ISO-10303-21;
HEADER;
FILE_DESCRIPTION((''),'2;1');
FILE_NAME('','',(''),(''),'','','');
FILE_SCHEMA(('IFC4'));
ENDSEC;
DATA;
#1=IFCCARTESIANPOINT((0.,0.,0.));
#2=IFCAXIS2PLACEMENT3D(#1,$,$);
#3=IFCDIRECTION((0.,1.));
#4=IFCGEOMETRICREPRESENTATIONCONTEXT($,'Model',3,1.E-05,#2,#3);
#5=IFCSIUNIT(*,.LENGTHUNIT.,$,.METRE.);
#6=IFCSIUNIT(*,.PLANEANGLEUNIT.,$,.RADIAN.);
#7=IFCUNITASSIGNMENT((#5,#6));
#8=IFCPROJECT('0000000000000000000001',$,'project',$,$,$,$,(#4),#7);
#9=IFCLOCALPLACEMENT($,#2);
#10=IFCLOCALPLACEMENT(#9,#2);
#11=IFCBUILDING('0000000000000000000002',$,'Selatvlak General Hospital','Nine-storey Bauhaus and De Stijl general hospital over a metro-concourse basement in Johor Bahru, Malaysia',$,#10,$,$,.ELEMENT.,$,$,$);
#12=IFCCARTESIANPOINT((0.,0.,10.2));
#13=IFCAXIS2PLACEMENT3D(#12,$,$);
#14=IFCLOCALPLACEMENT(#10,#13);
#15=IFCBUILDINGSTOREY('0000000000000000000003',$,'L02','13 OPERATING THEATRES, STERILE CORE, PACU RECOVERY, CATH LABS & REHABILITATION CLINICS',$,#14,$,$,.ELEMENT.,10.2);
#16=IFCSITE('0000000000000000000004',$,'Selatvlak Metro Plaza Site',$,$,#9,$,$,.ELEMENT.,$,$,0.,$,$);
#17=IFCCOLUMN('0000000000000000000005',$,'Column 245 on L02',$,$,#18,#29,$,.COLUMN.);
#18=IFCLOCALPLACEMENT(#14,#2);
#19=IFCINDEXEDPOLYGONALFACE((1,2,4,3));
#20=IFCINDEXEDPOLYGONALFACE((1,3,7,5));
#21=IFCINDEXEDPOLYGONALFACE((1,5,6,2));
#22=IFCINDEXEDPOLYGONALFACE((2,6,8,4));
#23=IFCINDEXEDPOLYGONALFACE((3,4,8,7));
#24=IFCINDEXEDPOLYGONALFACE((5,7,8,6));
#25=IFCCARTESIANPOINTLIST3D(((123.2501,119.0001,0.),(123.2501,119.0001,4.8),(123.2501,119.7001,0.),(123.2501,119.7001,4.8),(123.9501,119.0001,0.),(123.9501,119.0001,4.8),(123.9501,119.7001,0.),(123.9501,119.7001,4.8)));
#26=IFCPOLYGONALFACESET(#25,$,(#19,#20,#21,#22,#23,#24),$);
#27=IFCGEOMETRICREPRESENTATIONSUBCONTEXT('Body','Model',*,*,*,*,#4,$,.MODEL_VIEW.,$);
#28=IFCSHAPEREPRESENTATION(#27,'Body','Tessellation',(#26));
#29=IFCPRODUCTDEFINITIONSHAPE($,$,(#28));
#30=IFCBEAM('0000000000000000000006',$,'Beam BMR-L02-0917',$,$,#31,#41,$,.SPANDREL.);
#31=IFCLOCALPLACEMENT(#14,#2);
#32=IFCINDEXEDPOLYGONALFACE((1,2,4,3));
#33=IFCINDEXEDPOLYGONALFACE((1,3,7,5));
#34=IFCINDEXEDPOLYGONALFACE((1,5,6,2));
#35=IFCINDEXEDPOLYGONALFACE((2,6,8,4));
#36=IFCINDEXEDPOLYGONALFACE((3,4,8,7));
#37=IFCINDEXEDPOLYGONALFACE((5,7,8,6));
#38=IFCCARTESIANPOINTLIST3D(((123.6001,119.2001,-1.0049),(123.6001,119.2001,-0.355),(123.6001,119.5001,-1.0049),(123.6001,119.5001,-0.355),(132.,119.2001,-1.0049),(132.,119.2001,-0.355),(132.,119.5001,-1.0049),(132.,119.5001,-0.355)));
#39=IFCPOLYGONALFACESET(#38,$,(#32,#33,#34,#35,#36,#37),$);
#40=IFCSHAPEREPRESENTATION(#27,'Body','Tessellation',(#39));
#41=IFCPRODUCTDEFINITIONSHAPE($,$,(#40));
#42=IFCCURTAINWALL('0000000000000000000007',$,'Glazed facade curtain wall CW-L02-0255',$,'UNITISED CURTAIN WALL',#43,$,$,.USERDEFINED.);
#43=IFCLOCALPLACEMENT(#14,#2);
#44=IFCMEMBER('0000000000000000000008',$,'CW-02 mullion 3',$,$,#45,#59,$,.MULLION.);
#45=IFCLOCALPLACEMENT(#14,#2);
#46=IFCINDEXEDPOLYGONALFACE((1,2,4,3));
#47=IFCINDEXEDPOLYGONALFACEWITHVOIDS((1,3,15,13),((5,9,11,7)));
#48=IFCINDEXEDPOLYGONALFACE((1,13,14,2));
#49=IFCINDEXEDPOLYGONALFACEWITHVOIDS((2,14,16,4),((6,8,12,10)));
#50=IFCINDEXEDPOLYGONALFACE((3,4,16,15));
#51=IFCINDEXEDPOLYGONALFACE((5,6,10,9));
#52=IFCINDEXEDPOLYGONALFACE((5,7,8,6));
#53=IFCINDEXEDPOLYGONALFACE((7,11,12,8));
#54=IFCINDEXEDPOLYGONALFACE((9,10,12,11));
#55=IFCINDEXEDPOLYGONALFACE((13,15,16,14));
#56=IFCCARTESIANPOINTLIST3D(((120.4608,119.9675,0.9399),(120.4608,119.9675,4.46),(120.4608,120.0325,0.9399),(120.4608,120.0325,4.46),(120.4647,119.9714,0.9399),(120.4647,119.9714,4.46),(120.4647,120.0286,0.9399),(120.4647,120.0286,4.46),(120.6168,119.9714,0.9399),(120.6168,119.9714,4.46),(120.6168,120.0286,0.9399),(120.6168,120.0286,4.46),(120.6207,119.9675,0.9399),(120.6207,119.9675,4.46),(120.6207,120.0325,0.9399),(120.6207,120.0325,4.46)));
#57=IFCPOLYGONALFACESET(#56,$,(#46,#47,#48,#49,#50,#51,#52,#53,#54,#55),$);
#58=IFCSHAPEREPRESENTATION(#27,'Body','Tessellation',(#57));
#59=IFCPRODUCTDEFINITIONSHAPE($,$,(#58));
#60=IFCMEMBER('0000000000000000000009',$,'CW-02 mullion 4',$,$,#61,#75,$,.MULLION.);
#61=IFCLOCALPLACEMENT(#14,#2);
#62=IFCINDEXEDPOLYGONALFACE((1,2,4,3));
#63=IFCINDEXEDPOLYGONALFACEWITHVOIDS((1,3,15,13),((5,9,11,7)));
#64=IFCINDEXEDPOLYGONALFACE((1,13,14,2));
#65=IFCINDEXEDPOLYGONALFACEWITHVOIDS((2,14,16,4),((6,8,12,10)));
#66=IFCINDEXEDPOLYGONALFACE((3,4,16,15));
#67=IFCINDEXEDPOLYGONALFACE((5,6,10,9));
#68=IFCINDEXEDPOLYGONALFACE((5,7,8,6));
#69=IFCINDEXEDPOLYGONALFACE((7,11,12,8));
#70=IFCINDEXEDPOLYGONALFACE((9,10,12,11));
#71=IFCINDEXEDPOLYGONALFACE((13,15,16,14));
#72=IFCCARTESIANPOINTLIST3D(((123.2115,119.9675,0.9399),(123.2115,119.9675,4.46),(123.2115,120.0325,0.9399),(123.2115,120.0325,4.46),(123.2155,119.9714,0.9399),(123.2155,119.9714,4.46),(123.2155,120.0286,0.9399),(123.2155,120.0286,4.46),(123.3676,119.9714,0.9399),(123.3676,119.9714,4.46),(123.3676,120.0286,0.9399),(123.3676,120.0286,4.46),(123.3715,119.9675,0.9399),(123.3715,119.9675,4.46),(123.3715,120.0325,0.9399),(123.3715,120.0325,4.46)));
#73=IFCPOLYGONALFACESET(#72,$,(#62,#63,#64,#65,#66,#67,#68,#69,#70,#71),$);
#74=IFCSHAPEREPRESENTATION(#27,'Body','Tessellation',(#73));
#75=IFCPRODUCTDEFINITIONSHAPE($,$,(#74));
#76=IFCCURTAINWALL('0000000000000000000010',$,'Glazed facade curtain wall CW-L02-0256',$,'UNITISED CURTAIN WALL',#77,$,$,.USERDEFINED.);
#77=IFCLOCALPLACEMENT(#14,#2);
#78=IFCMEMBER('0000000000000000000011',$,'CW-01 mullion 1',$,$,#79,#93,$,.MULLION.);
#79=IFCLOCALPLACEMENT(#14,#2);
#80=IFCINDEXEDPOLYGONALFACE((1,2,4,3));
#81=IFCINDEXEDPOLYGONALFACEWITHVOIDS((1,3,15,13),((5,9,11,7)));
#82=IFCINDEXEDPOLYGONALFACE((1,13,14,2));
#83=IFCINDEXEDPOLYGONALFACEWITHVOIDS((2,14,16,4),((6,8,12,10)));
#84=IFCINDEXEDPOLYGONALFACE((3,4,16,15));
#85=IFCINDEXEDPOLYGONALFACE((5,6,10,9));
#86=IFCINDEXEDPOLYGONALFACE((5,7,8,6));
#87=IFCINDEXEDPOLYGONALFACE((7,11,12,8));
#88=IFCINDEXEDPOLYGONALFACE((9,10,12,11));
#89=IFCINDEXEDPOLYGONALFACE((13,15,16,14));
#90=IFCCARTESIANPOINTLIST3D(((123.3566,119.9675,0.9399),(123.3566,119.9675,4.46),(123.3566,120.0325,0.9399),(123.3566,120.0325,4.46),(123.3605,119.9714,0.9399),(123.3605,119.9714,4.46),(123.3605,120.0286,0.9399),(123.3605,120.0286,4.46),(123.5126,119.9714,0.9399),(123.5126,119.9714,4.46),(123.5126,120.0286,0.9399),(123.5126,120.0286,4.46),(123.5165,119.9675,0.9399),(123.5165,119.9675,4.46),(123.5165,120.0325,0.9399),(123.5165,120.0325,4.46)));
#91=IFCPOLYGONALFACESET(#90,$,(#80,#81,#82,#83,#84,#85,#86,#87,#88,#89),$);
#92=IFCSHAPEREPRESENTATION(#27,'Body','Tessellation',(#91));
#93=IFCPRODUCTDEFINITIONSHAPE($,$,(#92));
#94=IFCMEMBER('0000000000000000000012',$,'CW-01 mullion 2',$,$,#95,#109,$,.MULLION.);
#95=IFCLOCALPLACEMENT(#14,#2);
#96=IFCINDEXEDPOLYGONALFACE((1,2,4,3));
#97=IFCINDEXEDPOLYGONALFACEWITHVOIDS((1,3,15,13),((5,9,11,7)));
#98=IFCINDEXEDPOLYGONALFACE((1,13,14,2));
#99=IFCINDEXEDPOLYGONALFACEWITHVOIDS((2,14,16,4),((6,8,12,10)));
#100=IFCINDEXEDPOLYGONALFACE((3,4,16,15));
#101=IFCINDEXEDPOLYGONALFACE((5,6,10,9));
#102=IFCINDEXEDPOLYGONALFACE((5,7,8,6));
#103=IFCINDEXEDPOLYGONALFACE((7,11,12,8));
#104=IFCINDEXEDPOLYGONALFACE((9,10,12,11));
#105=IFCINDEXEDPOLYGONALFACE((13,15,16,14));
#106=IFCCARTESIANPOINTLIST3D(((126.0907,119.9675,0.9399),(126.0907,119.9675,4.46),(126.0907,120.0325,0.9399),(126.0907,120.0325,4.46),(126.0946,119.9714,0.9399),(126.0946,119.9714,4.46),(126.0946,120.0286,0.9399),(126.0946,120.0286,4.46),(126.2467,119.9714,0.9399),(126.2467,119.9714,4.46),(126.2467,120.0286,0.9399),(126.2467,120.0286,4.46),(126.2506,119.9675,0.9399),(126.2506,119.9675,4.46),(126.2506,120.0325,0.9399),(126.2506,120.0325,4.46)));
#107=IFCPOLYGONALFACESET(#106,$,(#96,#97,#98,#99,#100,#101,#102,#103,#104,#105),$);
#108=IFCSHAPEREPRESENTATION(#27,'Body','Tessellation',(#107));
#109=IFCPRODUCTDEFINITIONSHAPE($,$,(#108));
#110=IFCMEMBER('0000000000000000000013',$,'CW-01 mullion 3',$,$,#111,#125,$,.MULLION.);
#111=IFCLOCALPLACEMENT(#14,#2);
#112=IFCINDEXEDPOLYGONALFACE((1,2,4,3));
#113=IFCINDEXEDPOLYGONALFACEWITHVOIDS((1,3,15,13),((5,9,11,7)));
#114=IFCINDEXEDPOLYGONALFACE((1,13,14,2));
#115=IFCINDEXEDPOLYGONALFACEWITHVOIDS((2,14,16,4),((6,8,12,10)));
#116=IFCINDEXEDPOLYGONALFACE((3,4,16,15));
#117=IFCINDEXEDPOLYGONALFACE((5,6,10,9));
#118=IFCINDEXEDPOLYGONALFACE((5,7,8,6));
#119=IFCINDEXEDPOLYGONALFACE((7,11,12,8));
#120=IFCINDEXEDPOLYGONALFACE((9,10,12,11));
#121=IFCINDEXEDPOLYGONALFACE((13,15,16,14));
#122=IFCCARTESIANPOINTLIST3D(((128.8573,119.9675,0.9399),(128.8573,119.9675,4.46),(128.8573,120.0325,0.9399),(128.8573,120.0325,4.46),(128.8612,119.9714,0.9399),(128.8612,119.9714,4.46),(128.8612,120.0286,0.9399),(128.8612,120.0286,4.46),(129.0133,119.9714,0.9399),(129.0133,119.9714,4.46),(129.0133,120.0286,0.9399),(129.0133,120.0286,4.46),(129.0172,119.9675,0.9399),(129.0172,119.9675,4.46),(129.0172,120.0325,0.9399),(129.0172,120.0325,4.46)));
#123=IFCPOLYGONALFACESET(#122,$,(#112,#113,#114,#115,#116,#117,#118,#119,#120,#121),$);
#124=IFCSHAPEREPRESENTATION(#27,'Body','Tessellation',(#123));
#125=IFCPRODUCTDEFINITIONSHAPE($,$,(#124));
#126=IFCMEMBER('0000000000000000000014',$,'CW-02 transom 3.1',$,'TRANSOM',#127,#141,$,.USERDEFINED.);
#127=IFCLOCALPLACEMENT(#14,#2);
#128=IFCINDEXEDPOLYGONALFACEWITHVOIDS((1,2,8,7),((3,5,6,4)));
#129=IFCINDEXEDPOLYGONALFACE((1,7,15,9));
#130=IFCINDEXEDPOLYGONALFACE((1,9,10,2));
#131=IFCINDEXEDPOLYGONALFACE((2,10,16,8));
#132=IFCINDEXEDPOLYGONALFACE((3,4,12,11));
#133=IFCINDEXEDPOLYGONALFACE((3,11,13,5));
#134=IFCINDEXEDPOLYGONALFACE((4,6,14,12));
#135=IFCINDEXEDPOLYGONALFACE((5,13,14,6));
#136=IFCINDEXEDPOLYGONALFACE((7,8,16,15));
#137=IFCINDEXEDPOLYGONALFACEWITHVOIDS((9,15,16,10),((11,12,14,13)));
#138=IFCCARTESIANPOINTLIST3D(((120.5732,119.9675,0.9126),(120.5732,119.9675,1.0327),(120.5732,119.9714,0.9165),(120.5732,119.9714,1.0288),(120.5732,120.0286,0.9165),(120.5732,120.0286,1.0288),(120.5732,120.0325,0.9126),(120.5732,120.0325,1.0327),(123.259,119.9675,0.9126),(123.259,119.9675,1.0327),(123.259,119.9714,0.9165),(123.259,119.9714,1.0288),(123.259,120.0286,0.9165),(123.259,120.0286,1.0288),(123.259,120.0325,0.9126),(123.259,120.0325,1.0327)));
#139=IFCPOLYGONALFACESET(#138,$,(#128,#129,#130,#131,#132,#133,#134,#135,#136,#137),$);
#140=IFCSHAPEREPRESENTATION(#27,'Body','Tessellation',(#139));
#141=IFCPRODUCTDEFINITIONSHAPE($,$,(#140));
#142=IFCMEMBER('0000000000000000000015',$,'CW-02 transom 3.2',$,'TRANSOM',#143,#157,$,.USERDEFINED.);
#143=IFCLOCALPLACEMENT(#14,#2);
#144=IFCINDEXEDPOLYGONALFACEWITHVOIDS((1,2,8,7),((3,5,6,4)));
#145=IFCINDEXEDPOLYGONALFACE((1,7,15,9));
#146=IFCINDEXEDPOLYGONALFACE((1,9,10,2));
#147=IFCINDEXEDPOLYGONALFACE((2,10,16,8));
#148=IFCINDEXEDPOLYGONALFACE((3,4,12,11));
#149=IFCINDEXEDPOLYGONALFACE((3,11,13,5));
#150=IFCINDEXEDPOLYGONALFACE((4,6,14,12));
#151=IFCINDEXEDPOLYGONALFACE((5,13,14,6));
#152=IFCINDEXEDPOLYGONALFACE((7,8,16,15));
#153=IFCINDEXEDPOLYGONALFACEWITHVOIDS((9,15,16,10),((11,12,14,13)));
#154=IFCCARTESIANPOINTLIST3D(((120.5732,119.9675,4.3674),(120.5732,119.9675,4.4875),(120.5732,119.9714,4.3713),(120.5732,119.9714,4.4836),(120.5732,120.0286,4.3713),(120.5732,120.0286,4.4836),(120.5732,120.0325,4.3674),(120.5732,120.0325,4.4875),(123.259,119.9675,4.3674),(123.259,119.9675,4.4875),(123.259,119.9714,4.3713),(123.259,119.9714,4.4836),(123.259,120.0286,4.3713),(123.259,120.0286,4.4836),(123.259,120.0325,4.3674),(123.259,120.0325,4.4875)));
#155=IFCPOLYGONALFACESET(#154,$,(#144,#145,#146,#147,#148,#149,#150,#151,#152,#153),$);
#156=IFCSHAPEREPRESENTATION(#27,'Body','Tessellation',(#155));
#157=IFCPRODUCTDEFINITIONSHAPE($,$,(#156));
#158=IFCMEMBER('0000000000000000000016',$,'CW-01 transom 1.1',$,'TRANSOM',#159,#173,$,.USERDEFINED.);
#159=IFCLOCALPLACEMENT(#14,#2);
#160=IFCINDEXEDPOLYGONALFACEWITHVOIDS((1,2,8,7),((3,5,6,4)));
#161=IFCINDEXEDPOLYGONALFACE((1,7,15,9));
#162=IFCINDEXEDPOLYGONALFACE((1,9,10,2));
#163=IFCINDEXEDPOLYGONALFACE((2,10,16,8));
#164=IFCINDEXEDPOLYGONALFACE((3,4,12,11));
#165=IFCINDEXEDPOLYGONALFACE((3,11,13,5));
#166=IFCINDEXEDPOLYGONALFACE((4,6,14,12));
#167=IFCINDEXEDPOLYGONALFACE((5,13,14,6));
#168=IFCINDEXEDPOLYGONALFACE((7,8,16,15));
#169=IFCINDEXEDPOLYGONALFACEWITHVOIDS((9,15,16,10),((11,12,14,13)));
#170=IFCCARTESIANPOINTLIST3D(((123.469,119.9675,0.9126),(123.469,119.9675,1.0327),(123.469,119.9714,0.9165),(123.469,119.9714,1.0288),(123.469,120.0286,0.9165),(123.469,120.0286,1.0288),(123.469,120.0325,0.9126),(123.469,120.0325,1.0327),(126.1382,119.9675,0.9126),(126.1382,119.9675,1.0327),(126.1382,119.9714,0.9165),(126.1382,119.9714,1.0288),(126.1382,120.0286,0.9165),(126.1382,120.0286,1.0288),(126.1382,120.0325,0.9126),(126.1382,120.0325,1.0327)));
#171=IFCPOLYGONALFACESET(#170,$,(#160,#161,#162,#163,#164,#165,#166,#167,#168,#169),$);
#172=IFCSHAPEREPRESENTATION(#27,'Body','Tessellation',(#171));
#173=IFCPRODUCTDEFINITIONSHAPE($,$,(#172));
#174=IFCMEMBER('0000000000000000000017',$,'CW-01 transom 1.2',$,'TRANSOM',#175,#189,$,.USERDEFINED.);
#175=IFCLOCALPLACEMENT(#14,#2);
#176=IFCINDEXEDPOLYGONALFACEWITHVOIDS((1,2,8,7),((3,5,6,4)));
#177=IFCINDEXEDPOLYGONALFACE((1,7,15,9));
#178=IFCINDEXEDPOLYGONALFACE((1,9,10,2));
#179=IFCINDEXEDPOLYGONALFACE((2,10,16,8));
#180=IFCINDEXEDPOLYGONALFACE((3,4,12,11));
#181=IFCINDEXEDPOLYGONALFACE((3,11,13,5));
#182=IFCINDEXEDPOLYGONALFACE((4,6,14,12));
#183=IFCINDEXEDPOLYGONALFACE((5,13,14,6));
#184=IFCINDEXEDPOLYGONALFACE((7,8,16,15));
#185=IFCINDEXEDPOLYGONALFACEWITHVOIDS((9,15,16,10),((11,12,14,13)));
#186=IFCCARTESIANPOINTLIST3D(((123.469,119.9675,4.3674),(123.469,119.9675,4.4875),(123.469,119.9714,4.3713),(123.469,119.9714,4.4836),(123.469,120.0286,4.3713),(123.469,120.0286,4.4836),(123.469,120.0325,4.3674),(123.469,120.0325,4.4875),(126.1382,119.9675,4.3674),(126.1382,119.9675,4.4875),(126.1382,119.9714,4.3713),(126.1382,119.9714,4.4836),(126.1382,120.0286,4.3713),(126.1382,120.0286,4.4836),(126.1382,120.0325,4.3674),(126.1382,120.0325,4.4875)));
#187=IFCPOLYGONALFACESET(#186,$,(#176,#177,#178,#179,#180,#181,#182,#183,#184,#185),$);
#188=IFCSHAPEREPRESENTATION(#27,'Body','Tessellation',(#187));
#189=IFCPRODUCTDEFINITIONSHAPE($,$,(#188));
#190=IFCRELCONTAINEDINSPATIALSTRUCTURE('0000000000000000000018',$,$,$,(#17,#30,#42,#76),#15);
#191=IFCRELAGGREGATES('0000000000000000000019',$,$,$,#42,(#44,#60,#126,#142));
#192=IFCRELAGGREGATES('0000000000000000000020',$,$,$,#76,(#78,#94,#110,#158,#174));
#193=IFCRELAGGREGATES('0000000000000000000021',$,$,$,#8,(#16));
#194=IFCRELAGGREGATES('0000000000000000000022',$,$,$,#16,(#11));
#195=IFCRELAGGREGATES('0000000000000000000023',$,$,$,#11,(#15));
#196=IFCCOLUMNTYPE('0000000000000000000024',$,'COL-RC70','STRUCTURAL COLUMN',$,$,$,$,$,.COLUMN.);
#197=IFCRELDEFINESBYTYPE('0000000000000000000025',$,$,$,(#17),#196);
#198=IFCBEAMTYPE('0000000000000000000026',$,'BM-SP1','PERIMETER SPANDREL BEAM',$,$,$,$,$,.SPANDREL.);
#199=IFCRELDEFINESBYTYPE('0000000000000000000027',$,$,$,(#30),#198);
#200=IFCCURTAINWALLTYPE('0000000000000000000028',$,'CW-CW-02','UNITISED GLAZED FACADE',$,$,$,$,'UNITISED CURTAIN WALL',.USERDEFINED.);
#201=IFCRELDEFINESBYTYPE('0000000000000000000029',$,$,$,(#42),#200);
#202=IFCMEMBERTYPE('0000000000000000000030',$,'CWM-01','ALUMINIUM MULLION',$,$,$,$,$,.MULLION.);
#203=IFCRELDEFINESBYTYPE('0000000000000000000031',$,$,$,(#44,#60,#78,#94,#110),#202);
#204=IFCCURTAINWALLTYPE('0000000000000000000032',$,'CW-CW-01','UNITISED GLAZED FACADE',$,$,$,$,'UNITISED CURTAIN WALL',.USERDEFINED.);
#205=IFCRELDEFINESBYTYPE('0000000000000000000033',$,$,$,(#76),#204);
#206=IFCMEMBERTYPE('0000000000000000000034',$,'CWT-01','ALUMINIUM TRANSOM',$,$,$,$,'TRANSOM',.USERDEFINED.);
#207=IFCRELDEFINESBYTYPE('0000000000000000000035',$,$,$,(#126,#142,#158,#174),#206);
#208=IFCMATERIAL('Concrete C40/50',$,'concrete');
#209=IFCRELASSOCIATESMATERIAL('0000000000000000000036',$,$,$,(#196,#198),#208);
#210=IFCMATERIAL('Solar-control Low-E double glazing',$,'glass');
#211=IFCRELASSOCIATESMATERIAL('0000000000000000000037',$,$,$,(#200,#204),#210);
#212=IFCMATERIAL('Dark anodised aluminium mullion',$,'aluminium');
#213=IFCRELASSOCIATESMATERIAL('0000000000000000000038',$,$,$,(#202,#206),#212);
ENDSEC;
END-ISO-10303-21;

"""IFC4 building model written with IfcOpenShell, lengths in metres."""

from ifc_helpers import new_model, si_unit, direction, frame, origin, origin_2d, place, context, subcontext, project, spatial, rectangle, hollow_rectangle, extrude, material, material_profile, profile_set, type_object, element, aggregate, save


model = new_model("IFC4")

# Units and contexts
model_context = context("Model", 3, precision=1e-05, world=origin(), true_north=direction((0.0, 1.0)))
body_context = subcontext(model_context, "Body", "Model", "MODEL_VIEW")
ifc_project = project(units=[si_unit("LENGTHUNIT", "METRE"), si_unit("PLANEANGLEUNIT", "RADIAN")], contexts=[model_context])

# Site, building, storey
site_placement = place(None, origin())
site = spatial("IfcSite", under=ifc_project, at=site_placement, Name="Selatvlak Metro Plaza Site", CompositionType="ELEMENT", RefElevation=0.0)
building_placement = place(site_placement, origin())
building = spatial("IfcBuilding", under=site, at=building_placement, Name="Selatvlak General Hospital", Description="Nine-storey Bauhaus and De Stijl general hospital over a metro-concourse basement in Johor Bahru, Malaysia", CompositionType="ELEMENT")
storey_placement = place(building_placement, frame((0.0, 0.0, 10.2)))
storey = spatial("IfcBuildingStorey", under=building, at=storey_placement, Name="L02", Description="13 OPERATING THEATRES, STERILE CORE, PACU RECOVERY, CATH LABS & REHABILITATION CLINICS", CompositionType="ELEMENT", Elevation=10.2)

# Column
ifc_material_1 = material(Name="Concrete C40/50", Category="concrete")
ifc_material_profile_1 = material_profile(ifc_material_1, rectangle(XDim=0.7, YDim=0.7, at=origin_2d()), Name="RC-COL 700x700")
ifc_profile_set_1 = profile_set([ifc_material_profile_1], Name="Concrete C40/50")
column_type = type_object("IfcColumnType", Name="COL-RC70", Description="STRUCTURAL COLUMN", PredefinedType="COLUMN", material=ifc_profile_set_1)
column_placement = place(storey_placement, frame((123.6001, 119.3501, 0.0), z_axis=(0.0, 0.0, 1.0), x_axis=(1.0, 0.0, 0.0)))
element("IfcColumn", 1, at=column_placement, inside=storey, type_object=column_type, Name="Column 245 on L02", PredefinedType="COLUMN", context=body_context, shape_type="SweptSolid", body=[
    extrude(rectangle(XDim=0.7, YDim=0.7, at=origin_2d()), origin(), (0.0, 0.0, 1.0), 4.8),
])

# Beam
ifc_material_profile_2 = material_profile(ifc_material_1, rectangle(XDim=0.3, YDim=0.6499, at=origin_2d()), Name="RC-SP 300x650")
ifc_profile_set_2 = profile_set([ifc_material_profile_2], Name="Concrete C40/50")
beam_type = type_object("IfcBeamType", Name="BM-SP1", Description="PERIMETER SPANDREL BEAM", PredefinedType="SPANDREL", material=ifc_profile_set_2)
beam_placement = place(storey_placement, frame((123.6001, 119.3501, -0.6799), z_axis=(1.0, 0.0, 0.0), x_axis=(0.0, 1.0, 0.0)))
element("IfcBeam", 2, at=beam_placement, inside=storey, type_object=beam_type, Name="Beam BMR-L02-0917", PredefinedType="SPANDREL", context=body_context, shape_type="SweptSolid", body=[
    extrude(rectangle(XDim=0.3, YDim=0.6499, at=origin_2d()), origin(), (0.0, 0.0, 1.0), 8.3999),
])

# Curtain walls, members
ifc_material_2 = material(Name="Solar-control Low-E double glazing", Category="glass")
curtain_wall_type_1 = type_object("IfcCurtainWallType", Name="CW-CW-02", Description="UNITISED GLAZED FACADE", ElementType="UNITISED CURTAIN WALL", PredefinedType="USERDEFINED", material=ifc_material_2)
curtain_wall_1_placement = place(storey_placement, origin())
curtain_wall_1 = element("IfcCurtainWall", 3, at=curtain_wall_1_placement, inside=storey, type_object=curtain_wall_type_1, Name="Glazed facade curtain wall CW-L02-0255", ObjectType="UNITISED CURTAIN WALL", PredefinedType="USERDEFINED")
ifc_material_3 = material(Name="Dark anodised aluminium mullion", Category="aluminium")
ifc_material_profile_3 = material_profile(ifc_material_3, hollow_rectangle(XDim=0.0649, YDim=0.1599, WallThickness=0.0039, at=origin_2d()), Name="AL-MUL 65x160x4")
ifc_profile_set_3 = profile_set([ifc_material_profile_3], Name="Dark anodised aluminium mullion")
member_type_1 = type_object("IfcMemberType", Name="CWM-01", Description="ALUMINIUM MULLION", PredefinedType="MULLION", material=ifc_profile_set_3)
member_1_placement = place(storey_placement, frame((120.5408, 120.0, 0.9399), z_axis=(0.0, 0.0, 1.0), x_axis=(0.0, 1.0, 0.0)))
member_1 = element("IfcMember", 4, at=member_1_placement, type_object=member_type_1, Name="CW-02 mullion 3", PredefinedType="MULLION", context=body_context, shape_type="SweptSolid", body=[
    extrude(hollow_rectangle(XDim=0.0649, YDim=0.1599, WallThickness=0.0039, at=origin_2d()), origin(), (0.0, 0.0, 1.0), 3.52),
])
member_2_placement = place(storey_placement, frame((123.2915, 120.0, 0.9399), z_axis=(0.0, 0.0, 1.0), x_axis=(0.0, 1.0, 0.0)))
member_2 = element("IfcMember", 5, at=member_2_placement, type_object=member_type_1, Name="CW-02 mullion 4", PredefinedType="MULLION", context=body_context, shape_type="SweptSolid", body=[
    extrude(hollow_rectangle(XDim=0.0649, YDim=0.1599, WallThickness=0.0039, at=origin_2d()), origin(), (0.0, 0.0, 1.0), 3.52),
])
curtain_wall_type_2 = type_object("IfcCurtainWallType", Name="CW-CW-01", Description="UNITISED GLAZED FACADE", ElementType="UNITISED CURTAIN WALL", PredefinedType="USERDEFINED", material=ifc_material_2)
curtain_wall_2_placement = place(storey_placement, origin())
curtain_wall_2 = element("IfcCurtainWall", 6, at=curtain_wall_2_placement, inside=storey, type_object=curtain_wall_type_2, Name="Glazed facade curtain wall CW-L02-0256", ObjectType="UNITISED CURTAIN WALL", PredefinedType="USERDEFINED")
member_3_placement = place(storey_placement, frame((123.4365, 120.0, 0.9399), z_axis=(0.0, 0.0, 1.0), x_axis=(0.0, 1.0, 0.0)))
member_3 = element("IfcMember", 7, at=member_3_placement, type_object=member_type_1, Name="CW-01 mullion 1", PredefinedType="MULLION", context=body_context, shape_type="SweptSolid", body=[
    extrude(hollow_rectangle(XDim=0.0649, YDim=0.1599, WallThickness=0.0039, at=origin_2d()), origin(), (0.0, 0.0, 1.0), 3.52),
])
member_4_placement = place(storey_placement, frame((126.1707, 120.0, 0.9399), z_axis=(0.0, 0.0, 1.0), x_axis=(0.0, 1.0, 0.0)))
member_4 = element("IfcMember", 8, at=member_4_placement, type_object=member_type_1, Name="CW-01 mullion 2", PredefinedType="MULLION", context=body_context, shape_type="SweptSolid", body=[
    extrude(hollow_rectangle(XDim=0.0649, YDim=0.1599, WallThickness=0.0039, at=origin_2d()), origin(), (0.0, 0.0, 1.0), 3.52),
])
member_5_placement = place(storey_placement, frame((128.9373, 120.0, 0.9399), z_axis=(0.0, 0.0, 1.0), x_axis=(0.0, 1.0, 0.0)))
member_5 = element("IfcMember", 9, at=member_5_placement, type_object=member_type_1, Name="CW-01 mullion 3", PredefinedType="MULLION", context=body_context, shape_type="SweptSolid", body=[
    extrude(hollow_rectangle(XDim=0.0649, YDim=0.1599, WallThickness=0.0039, at=origin_2d()), origin(), (0.0, 0.0, 1.0), 3.52),
])

# Members
ifc_material_profile_4 = material_profile(ifc_material_3, hollow_rectangle(XDim=0.0649, YDim=0.1201, WallThickness=0.0039, at=origin_2d()), Name="AL-TRN 65x120x4")
ifc_profile_set_4 = profile_set([ifc_material_profile_4], Name="Dark anodised aluminium mullion")
member_type_2 = type_object("IfcMemberType", Name="CWT-01", Description="ALUMINIUM TRANSOM", ElementType="TRANSOM", PredefinedType="USERDEFINED", material=ifc_profile_set_4)
member_6_placement = place(storey_placement, frame((120.5732, 120.0, 0.9727), z_axis=(1.0, 0.0, 0.0), x_axis=(0.0, 1.0, 0.0)))
member_6 = element("IfcMember", 10, at=member_6_placement, type_object=member_type_2, Name="CW-02 transom 3.1", ObjectType="TRANSOM", PredefinedType="USERDEFINED", context=body_context, shape_type="SweptSolid", body=[
    extrude(hollow_rectangle(XDim=0.0649, YDim=0.1201, WallThickness=0.0039, at=origin_2d()), origin(), (0.0, 0.0, 1.0), 2.6858),
])
member_7_placement = place(storey_placement, frame((120.5732, 120.0, 4.4275), z_axis=(1.0, 0.0, 0.0), x_axis=(0.0, 1.0, 0.0)))
member_7 = element("IfcMember", 11, at=member_7_placement, type_object=member_type_2, Name="CW-02 transom 3.2", ObjectType="TRANSOM", PredefinedType="USERDEFINED", context=body_context, shape_type="SweptSolid", body=[
    extrude(hollow_rectangle(XDim=0.0649, YDim=0.1201, WallThickness=0.0039, at=origin_2d()), origin(), (0.0, 0.0, 1.0), 2.6858),
])
member_8_placement = place(storey_placement, frame((123.469, 120.0, 0.9727), z_axis=(1.0, 0.0, 0.0), x_axis=(0.0, 1.0, 0.0)))
member_8 = element("IfcMember", 12, at=member_8_placement, type_object=member_type_2, Name="CW-01 transom 1.1", ObjectType="TRANSOM", PredefinedType="USERDEFINED", context=body_context, shape_type="SweptSolid", body=[
    extrude(hollow_rectangle(XDim=0.0649, YDim=0.1201, WallThickness=0.0039, at=origin_2d()), origin(), (0.0, 0.0, 1.0), 2.6692),
])
member_9_placement = place(storey_placement, frame((123.469, 120.0, 4.4275), z_axis=(1.0, 0.0, 0.0), x_axis=(0.0, 1.0, 0.0)))
member_9 = element("IfcMember", 13, at=member_9_placement, type_object=member_type_2, Name="CW-01 transom 1.2", ObjectType="TRANSOM", PredefinedType="USERDEFINED", context=body_context, shape_type="SweptSolid", body=[
    extrude(hollow_rectangle(XDim=0.0649, YDim=0.1201, WallThickness=0.0039, at=origin_2d()), origin(), (0.0, 0.0, 1.0), 2.6692),
])

aggregate(curtain_wall_1, [member_1, member_2, member_6, member_7])
aggregate(curtain_wall_2, [member_3, member_4, member_5, member_8, member_9])

save(model, "model.ifc")
